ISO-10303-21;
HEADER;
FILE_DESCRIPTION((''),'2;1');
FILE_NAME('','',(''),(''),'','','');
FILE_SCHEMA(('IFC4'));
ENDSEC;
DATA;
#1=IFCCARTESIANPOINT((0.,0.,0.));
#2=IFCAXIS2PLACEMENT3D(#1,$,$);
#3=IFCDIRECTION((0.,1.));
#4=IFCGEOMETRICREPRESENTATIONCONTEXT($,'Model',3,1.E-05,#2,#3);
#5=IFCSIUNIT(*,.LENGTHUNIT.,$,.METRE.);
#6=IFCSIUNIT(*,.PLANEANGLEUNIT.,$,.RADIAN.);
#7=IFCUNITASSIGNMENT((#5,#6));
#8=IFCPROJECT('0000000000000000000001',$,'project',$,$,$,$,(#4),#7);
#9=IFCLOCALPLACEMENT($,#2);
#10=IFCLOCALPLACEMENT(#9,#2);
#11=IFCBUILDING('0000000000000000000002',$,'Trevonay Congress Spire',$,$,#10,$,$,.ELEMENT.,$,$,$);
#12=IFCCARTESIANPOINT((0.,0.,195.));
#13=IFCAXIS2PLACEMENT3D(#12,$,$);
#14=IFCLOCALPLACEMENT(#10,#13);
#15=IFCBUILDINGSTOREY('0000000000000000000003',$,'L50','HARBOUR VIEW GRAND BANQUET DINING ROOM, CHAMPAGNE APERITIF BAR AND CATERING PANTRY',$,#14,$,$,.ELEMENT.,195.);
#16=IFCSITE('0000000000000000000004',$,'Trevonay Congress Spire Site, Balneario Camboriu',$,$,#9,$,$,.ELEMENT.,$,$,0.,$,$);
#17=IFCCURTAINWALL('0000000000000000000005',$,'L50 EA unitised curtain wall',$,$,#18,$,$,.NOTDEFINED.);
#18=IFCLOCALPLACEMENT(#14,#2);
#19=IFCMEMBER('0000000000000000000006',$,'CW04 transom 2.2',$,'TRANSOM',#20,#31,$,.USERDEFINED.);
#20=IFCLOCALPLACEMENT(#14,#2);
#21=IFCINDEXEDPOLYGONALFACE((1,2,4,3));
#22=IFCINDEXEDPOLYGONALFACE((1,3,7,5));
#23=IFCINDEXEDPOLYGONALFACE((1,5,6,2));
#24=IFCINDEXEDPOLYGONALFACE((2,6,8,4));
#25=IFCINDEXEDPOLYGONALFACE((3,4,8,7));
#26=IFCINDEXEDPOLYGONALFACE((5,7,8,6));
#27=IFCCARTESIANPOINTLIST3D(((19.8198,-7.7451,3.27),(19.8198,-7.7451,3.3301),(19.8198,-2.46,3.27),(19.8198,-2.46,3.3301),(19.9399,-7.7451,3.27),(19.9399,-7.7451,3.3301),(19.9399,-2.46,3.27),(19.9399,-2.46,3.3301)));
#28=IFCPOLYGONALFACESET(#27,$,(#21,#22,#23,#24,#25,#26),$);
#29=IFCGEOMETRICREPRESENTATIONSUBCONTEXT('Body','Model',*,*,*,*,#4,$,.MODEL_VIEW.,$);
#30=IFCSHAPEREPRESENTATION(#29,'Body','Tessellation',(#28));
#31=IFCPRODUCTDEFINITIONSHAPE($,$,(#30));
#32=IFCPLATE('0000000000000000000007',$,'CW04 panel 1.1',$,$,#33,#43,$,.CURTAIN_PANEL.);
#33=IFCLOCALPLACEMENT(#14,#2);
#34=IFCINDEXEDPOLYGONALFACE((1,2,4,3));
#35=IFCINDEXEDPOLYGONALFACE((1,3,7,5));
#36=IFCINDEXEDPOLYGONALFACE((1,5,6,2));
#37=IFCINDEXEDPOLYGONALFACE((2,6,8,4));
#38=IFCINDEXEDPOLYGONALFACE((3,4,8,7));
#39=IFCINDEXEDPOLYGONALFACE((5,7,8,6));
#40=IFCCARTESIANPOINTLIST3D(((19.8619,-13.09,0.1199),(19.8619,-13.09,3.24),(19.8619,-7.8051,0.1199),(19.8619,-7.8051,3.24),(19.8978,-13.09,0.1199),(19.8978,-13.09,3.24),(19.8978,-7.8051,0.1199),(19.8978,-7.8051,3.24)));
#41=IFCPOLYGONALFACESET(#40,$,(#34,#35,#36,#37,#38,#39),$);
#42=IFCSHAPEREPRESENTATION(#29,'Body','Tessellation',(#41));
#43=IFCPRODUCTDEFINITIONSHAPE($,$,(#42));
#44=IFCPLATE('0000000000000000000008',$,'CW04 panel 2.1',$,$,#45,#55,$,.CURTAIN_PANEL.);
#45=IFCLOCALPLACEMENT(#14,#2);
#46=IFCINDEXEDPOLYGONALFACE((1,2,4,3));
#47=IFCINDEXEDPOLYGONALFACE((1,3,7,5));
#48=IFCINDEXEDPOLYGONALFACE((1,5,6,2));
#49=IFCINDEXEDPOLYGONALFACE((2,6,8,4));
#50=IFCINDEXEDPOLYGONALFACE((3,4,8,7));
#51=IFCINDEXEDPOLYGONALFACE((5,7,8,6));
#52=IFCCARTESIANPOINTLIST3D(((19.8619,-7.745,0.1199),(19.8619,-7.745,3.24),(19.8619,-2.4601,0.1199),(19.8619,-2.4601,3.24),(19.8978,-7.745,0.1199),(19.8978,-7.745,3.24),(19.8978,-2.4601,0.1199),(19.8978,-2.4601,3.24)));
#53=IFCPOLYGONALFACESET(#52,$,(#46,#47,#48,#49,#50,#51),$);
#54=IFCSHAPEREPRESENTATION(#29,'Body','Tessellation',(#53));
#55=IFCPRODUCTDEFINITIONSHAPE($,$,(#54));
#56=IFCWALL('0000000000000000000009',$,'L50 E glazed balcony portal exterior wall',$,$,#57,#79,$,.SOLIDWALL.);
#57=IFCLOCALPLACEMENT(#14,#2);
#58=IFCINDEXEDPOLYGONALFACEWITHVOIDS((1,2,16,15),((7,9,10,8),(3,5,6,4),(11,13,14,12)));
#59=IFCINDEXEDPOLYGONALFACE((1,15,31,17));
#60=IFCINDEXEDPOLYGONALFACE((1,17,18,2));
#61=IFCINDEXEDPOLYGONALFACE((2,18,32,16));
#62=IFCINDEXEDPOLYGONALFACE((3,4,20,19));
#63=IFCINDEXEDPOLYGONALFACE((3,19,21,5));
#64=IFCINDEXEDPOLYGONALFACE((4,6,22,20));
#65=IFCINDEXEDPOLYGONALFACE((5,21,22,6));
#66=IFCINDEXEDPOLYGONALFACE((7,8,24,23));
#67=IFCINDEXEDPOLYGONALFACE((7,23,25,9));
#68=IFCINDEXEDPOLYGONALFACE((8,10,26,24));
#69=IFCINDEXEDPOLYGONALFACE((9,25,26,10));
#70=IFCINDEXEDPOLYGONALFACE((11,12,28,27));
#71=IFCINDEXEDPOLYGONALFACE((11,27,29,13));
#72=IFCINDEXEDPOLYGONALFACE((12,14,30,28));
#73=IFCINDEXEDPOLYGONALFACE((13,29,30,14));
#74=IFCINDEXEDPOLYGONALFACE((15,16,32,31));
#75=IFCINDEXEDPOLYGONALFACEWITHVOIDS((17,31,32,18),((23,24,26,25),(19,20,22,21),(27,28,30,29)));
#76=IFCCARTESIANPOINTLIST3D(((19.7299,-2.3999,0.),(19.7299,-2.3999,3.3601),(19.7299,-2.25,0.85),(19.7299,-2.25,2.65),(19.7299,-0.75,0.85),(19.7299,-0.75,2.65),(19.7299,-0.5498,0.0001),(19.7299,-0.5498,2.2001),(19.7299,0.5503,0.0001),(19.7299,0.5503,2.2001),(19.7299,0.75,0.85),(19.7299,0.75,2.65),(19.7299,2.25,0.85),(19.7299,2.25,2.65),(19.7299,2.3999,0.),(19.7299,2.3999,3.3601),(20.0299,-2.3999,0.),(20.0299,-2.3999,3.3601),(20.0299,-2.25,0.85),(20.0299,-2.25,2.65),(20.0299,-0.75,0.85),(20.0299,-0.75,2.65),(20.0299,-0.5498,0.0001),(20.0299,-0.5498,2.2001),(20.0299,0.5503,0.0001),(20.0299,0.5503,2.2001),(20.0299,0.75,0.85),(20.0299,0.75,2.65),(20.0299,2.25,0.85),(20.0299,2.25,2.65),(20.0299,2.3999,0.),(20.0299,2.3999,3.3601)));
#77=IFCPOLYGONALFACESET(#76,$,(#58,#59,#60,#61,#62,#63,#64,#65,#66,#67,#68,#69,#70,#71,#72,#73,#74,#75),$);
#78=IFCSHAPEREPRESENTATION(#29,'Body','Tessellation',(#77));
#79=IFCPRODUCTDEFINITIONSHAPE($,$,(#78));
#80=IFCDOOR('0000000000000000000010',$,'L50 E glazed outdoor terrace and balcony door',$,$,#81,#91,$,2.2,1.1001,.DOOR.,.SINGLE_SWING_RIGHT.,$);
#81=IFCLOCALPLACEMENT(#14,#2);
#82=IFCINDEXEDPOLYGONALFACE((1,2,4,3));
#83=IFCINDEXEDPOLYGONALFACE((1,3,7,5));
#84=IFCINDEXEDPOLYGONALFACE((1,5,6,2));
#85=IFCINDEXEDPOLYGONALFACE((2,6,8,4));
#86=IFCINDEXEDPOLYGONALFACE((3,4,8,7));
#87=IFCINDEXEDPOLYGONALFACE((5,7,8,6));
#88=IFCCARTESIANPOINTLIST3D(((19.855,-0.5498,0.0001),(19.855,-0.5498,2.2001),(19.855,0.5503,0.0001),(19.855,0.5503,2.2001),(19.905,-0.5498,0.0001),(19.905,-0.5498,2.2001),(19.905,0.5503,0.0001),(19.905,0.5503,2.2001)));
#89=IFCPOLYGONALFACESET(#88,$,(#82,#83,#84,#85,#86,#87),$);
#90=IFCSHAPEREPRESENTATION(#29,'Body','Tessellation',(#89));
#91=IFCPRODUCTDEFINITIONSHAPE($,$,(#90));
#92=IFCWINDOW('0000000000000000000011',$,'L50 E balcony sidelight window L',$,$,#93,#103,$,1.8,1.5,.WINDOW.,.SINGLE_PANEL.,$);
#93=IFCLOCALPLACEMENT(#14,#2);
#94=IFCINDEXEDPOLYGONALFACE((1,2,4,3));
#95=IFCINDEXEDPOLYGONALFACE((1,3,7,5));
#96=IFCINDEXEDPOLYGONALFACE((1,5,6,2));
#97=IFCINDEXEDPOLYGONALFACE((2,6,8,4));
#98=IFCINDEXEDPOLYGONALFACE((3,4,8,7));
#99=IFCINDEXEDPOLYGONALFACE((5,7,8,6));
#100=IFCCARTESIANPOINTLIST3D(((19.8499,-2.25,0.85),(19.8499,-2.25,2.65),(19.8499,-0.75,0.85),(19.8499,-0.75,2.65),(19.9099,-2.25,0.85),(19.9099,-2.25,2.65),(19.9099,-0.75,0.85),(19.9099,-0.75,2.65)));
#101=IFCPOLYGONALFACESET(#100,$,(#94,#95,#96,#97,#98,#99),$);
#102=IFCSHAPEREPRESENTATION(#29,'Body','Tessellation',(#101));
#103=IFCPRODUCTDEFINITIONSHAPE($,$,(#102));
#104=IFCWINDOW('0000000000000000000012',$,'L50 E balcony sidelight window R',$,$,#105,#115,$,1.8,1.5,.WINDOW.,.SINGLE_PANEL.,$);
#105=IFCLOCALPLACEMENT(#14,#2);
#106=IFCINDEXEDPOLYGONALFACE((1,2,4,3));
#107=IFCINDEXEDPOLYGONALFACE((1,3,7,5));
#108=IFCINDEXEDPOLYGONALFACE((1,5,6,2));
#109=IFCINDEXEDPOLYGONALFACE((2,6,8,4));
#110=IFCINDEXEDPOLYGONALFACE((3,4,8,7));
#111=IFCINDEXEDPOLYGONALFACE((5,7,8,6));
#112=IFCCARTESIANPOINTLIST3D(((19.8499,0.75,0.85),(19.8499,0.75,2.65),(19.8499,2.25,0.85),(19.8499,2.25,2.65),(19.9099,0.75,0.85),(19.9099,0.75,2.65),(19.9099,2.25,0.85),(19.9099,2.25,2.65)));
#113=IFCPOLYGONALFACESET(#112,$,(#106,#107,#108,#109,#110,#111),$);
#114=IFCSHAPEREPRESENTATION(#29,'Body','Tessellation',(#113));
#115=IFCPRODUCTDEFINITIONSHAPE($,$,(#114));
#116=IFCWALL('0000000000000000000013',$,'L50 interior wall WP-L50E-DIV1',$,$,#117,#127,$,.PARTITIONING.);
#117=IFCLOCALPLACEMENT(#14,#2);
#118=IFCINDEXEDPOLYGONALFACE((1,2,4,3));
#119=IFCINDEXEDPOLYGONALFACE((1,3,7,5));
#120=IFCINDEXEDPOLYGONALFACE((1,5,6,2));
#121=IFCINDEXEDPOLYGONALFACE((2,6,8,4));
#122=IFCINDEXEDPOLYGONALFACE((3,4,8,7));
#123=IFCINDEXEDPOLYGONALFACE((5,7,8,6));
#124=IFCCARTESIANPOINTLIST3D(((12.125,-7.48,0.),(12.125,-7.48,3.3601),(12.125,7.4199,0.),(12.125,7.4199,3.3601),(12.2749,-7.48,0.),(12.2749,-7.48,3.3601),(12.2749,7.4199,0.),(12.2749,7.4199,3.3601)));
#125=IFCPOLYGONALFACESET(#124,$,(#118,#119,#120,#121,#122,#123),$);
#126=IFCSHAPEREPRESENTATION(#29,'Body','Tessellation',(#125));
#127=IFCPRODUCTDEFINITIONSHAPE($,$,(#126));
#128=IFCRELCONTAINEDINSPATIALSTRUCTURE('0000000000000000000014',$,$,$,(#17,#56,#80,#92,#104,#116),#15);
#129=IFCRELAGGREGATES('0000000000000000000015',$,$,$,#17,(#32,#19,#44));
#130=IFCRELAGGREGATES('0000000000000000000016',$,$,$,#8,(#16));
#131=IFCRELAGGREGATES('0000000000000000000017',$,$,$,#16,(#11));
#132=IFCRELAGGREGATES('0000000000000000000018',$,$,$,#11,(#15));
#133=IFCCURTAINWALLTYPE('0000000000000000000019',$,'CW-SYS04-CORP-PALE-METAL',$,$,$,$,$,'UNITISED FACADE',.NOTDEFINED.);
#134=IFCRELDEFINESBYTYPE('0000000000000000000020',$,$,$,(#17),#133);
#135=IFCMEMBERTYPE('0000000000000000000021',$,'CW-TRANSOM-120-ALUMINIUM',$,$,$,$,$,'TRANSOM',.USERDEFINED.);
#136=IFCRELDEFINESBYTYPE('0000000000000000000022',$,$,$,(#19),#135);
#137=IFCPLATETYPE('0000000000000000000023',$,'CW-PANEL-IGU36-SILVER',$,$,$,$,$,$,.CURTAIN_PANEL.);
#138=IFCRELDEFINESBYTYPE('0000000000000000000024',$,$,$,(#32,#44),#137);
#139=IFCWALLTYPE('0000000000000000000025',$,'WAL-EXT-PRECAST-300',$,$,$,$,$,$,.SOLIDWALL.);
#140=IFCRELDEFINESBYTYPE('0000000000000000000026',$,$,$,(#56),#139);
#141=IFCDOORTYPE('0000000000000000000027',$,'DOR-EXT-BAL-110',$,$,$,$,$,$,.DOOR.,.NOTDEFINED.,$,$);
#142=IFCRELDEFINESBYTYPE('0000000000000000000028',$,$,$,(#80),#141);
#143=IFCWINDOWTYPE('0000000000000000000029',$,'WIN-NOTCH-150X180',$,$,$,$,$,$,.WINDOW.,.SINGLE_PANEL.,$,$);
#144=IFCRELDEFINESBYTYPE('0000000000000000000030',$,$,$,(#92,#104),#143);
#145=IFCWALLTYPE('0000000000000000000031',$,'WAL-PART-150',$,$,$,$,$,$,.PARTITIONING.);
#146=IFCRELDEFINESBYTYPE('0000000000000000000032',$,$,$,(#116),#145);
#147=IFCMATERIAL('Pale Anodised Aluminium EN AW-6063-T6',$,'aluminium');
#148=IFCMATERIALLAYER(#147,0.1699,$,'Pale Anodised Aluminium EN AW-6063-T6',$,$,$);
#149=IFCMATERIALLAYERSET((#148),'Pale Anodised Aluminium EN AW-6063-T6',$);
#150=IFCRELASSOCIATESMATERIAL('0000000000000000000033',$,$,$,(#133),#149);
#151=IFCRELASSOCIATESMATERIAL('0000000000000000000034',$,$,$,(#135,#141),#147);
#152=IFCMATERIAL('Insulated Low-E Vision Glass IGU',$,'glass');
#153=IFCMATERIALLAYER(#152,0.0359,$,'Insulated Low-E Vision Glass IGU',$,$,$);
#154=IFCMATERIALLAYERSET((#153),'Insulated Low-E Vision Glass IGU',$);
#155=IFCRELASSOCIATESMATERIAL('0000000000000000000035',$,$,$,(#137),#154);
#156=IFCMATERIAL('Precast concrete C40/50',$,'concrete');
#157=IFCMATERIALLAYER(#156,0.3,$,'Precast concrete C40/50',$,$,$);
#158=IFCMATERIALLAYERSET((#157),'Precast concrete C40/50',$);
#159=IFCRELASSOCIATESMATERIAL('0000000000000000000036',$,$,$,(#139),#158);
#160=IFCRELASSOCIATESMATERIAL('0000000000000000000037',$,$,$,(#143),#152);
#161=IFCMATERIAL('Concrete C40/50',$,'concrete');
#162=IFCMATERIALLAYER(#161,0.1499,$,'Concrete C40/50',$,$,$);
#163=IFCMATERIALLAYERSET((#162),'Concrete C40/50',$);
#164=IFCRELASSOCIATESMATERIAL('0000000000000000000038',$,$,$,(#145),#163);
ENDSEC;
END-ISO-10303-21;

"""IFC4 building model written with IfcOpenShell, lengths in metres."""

from ifc_helpers import new_model, si_unit, direction, frame, frame_2d, origin, origin_2d, place, context, subcontext, project, spatial, rectangle, extrude, material, layer, layer_set, material_profile, profile_set, type_object, element, fill, aggregate, save


model = new_model("IFC4")

# Units and contexts
model_context = context("Model", 3, precision=1e-05, world=origin(), true_north=direction((0.0, 1.0)))
body_context = subcontext(model_context, "Body", "Model", "MODEL_VIEW")
ifc_project = project(units=[si_unit("LENGTHUNIT", "METRE"), si_unit("PLANEANGLEUNIT", "RADIAN")], contexts=[model_context])

# Site, building, storey
site_placement = place(None, origin())
site = spatial("IfcSite", under=ifc_project, at=site_placement, Name="Trevonay Congress Spire Site, Balneario Camboriu", CompositionType="ELEMENT", RefElevation=0.0)
building_placement = place(site_placement, origin())
building = spatial("IfcBuilding", under=site, at=building_placement, Name="Trevonay Congress Spire", CompositionType="ELEMENT")
storey_placement = place(building_placement, frame((0.0, 0.0, 195.0)))
storey = spatial("IfcBuildingStorey", under=building, at=storey_placement, Name="L50", Description="HARBOUR VIEW GRAND BANQUET DINING ROOM, CHAMPAGNE APERITIF BAR AND CATERING PANTRY", CompositionType="ELEMENT", Elevation=195.0)

# Curtain wall, member, plates
ifc_material_1 = material(Name="Pale Anodised Aluminium EN AW-6063-T6", Category="aluminium")
ifc_layer_1 = layer(ifc_material_1, 0.1699, Name="Pale Anodised Aluminium EN AW-6063-T6")
ifc_layer_set_1 = layer_set([ifc_layer_1], Name="Pale Anodised Aluminium EN AW-6063-T6")
curtain_wall_type = type_object("IfcCurtainWallType", Name="CW-SYS04-CORP-PALE-METAL", ElementType="UNITISED FACADE", PredefinedType="NOTDEFINED", material=ifc_layer_set_1)
curtain_wall_placement = place(storey_placement, origin())
curtain_wall = element("IfcCurtainWall", 1, at=curtain_wall_placement, inside=storey, type_object=curtain_wall_type, Name="L50 EA unitised curtain wall", PredefinedType="NOTDEFINED")
ifc_material_profile_1 = material_profile(ifc_material_1, rectangle(XDim=0.1201, YDim=0.0601, at=origin_2d()), Name="CW-TRANSOM-120-ALUMINIUM")
ifc_profile_set_1 = profile_set([ifc_material_profile_1], Name="Pale Anodised Aluminium EN AW-6063-T6")
member_type_1 = type_object("IfcMemberType", Name="CW-TRANSOM-120-ALUMINIUM", ElementType="TRANSOM", PredefinedType="USERDEFINED", material=ifc_profile_set_1)
member_1_placement = place(storey_placement, frame((19.8799, -7.7451, 3.3), z_axis=(0.0, 1.0, 0.0), x_axis=(-1.0, 0.0, 0.0)))
member_1 = element("IfcMember", 2, at=member_1_placement, type_object=member_type_1, Name="CW04 transom 2.2", ObjectType="TRANSOM", PredefinedType="USERDEFINED", context=body_context, shape_type="SweptSolid", body=[
    extrude(rectangle(XDim=0.1201, YDim=0.0601, at=origin_2d()), origin(), (0.0, 0.0, 1.0), 5.2852),
])
ifc_material_2 = material(Name="Insulated Low-E Vision Glass IGU", Category="glass")
ifc_layer_2 = layer(ifc_material_2, 0.0359, Name="Insulated Low-E Vision Glass IGU")
ifc_layer_set_2 = layer_set([ifc_layer_2], Name="Insulated Low-E Vision Glass IGU")
plate_type = type_object("IfcPlateType", Name="CW-PANEL-IGU36-SILVER", PredefinedType="CURTAIN_PANEL", material=ifc_layer_set_2)
plate_1_placement = place(storey_placement, frame((19.8799, -10.4475, 0.1199), z_axis=(0.0, 0.0, 1.0), x_axis=(0.0, 1.0, 0.0)))
plate_1 = element("IfcPlate", 3, at=plate_1_placement, type_object=plate_type, Name="CW04 panel 1.1", PredefinedType="CURTAIN_PANEL", context=body_context, shape_type="SweptSolid", body=[
    extrude(rectangle(XDim=5.2849, YDim=0.0359, at=origin_2d()), origin(), (0.0, 0.0, 1.0), 3.1201),
])
plate_2_placement = place(storey_placement, frame((19.8799, -5.1025, 0.1199), z_axis=(0.0, 0.0, 1.0), x_axis=(0.0, 1.0, 0.0)))
plate_2 = element("IfcPlate", 4, at=plate_2_placement, type_object=plate_type, Name="CW04 panel 2.1", PredefinedType="CURTAIN_PANEL", context=body_context, shape_type="SweptSolid", body=[
    extrude(rectangle(XDim=5.2849, YDim=0.0359, at=origin_2d()), origin(), (0.0, 0.0, 1.0), 3.1201),
])
aggregate(curtain_wall, [plate_1, member_1, plate_2])

# Wall, openings, door, windows
ifc_material_3 = material(Name="Precast concrete C40/50", Category="concrete")
ifc_layer_3 = layer(ifc_material_3, 0.3, Name="Precast concrete C40/50")
ifc_layer_set_3 = layer_set([ifc_layer_3], Name="Precast concrete C40/50")
wall_type_1 = type_object("IfcWallType", Name="WAL-EXT-PRECAST-300", PredefinedType="SOLIDWALL", material=ifc_layer_set_3)
wall_1_placement = place(storey_placement, frame((19.8799, -2.3999, 0.0), z_axis=(0.0, 0.0, 1.0), x_axis=(0.0, 1.0, 0.0)))
wall_1 = element("IfcWall", 5, at=wall_1_placement, inside=storey, type_object=wall_type_1, Name="L50 E glazed balcony portal exterior wall", PredefinedType="SOLIDWALL", context=body_context, shape_type="SweptSolid", body=[
    extrude(rectangle(XDim=4.7998, YDim=0.3, at=frame_2d((2.3999, 0.0))), origin(), (0.0, 0.0, 1.0), 3.3601),
])
opening_1_placement = place(wall_1_placement, frame((1.8501, 0.0, 0.0)))
opening_1 = element("IfcOpeningElement", 6, at=opening_1_placement, cuts=wall_1, PredefinedType="OPENING", context=body_context, shape_type="SweptSolid", body=[
    extrude(rectangle(XDim=1.1001, YDim=2.2, at=frame_2d((0.55, 1.1001))), frame((0.0, 0.1602, 0.0), z_axis=(0.0, -1.0, 0.0), x_axis=(1.0, 0.0, 0.0)), (0.0, 0.0, 1.0), 0.3201),
])
opening_2_placement = place(wall_1_placement, frame((0.1499, 0.0, 0.8501)))
opening_2 = element("IfcOpeningElement", 7, at=opening_2_placement, cuts=wall_1, PredefinedType="OPENING", context=body_context, shape_type="SweptSolid", body=[
    extrude(rectangle(XDim=1.5, YDim=1.8, at=frame_2d((0.75, 0.8999))), frame((0.0, 0.1602, 0.0), z_axis=(0.0, -1.0, 0.0), x_axis=(1.0, 0.0, 0.0)), (0.0, 0.0, 1.0), 0.3201),
])
opening_3_placement = place(wall_1_placement, frame((3.1499, 0.0, 0.8501)))
opening_3 = element("IfcOpeningElement", 8, at=opening_3_placement, cuts=wall_1, PredefinedType="OPENING", context=body_context, shape_type="SweptSolid", body=[
    extrude(rectangle(XDim=1.5, YDim=1.8, at=frame_2d((0.75, 0.8999))), frame((0.0, 0.1602, 0.0), z_axis=(0.0, -1.0, 0.0), x_axis=(1.0, 0.0, 0.0)), (0.0, 0.0, 1.0), 0.3201),
])
door_type = type_object("IfcDoorType", Name="DOR-EXT-BAL-110", OperationType="NOTDEFINED", PredefinedType="DOOR", material=ifc_material_1)
door_placement = place(opening_1_placement, origin())
door = element("IfcDoor", 9, at=door_placement, inside=storey, type_object=door_type, Name="L50 E glazed outdoor terrace and balcony door", OperationType="SINGLE_SWING_RIGHT", OverallHeight=2.2, OverallWidth=1.1001, PredefinedType="DOOR", context=body_context, shape_type="SweptSolid", body=[
    extrude(rectangle(XDim=1.1001, YDim=2.2, at=frame_2d((0.55, 1.1001))), frame((0.0, 0.0249, 0.0), z_axis=(0.0, -1.0, 0.0), x_axis=(1.0, 0.0, 0.0)), (0.0, 0.0, 1.0), 0.05),
])
fill(opening_1, door)
window_type = type_object("IfcWindowType", Name="WIN-NOTCH-150X180", PartitioningType="SINGLE_PANEL", PredefinedType="WINDOW", material=ifc_material_2)
window_1_placement = place(opening_2_placement, origin())
window_1 = element("IfcWindow", 10, at=window_1_placement, inside=storey, type_object=window_type, Name="L50 E balcony sidelight window L", OverallHeight=1.8, OverallWidth=1.5, PartitioningType="SINGLE_PANEL", PredefinedType="WINDOW", context=body_context, shape_type="SweptSolid", body=[
    extrude(rectangle(XDim=1.5, YDim=1.8, at=frame_2d((0.75, 0.8999))), frame((0.0, 0.03, 0.0), z_axis=(0.0, -1.0, 0.0), x_axis=(1.0, 0.0, 0.0)), (0.0, 0.0, 1.0), 0.0601),
])
fill(opening_2, window_1)
window_2_placement = place(opening_3_placement, origin())
window_2 = element("IfcWindow", 11, at=window_2_placement, inside=storey, type_object=window_type, Name="L50 E balcony sidelight window R", OverallHeight=1.8, OverallWidth=1.5, PartitioningType="SINGLE_PANEL", PredefinedType="WINDOW", context=body_context, shape_type="SweptSolid", body=[
    extrude(rectangle(XDim=1.5, YDim=1.8, at=frame_2d((0.75, 0.8999))), frame((0.0, 0.03, 0.0), z_axis=(0.0, -1.0, 0.0), x_axis=(1.0, 0.0, 0.0)), (0.0, 0.0, 1.0), 0.0601),
])
fill(opening_3, window_2)

# Wall
ifc_material_4 = material(Name="Concrete C40/50", Category="concrete")
ifc_layer_4 = layer(ifc_material_4, 0.1499, Name="Concrete C40/50")
ifc_layer_set_4 = layer_set([ifc_layer_4], Name="Concrete C40/50")
wall_type_2 = type_object("IfcWallType", Name="WAL-PART-150", PredefinedType="PARTITIONING", material=ifc_layer_set_4)
wall_2_placement = place(storey_placement, frame((12.2, -7.48, 0.0), z_axis=(0.0, 0.0, 1.0), x_axis=(0.0, 1.0, 0.0)))
element("IfcWall", 12, at=wall_2_placement, inside=storey, type_object=wall_type_2, Name="L50 interior wall WP-L50E-DIV1", PredefinedType="PARTITIONING", context=body_context, shape_type="SweptSolid", body=[
    extrude(rectangle(XDim=14.8999, YDim=0.1499, at=frame_2d((7.45, 0.0))), origin(), (0.0, 0.0, 1.0), 3.3601),
])

save(model, "model.ifc")
